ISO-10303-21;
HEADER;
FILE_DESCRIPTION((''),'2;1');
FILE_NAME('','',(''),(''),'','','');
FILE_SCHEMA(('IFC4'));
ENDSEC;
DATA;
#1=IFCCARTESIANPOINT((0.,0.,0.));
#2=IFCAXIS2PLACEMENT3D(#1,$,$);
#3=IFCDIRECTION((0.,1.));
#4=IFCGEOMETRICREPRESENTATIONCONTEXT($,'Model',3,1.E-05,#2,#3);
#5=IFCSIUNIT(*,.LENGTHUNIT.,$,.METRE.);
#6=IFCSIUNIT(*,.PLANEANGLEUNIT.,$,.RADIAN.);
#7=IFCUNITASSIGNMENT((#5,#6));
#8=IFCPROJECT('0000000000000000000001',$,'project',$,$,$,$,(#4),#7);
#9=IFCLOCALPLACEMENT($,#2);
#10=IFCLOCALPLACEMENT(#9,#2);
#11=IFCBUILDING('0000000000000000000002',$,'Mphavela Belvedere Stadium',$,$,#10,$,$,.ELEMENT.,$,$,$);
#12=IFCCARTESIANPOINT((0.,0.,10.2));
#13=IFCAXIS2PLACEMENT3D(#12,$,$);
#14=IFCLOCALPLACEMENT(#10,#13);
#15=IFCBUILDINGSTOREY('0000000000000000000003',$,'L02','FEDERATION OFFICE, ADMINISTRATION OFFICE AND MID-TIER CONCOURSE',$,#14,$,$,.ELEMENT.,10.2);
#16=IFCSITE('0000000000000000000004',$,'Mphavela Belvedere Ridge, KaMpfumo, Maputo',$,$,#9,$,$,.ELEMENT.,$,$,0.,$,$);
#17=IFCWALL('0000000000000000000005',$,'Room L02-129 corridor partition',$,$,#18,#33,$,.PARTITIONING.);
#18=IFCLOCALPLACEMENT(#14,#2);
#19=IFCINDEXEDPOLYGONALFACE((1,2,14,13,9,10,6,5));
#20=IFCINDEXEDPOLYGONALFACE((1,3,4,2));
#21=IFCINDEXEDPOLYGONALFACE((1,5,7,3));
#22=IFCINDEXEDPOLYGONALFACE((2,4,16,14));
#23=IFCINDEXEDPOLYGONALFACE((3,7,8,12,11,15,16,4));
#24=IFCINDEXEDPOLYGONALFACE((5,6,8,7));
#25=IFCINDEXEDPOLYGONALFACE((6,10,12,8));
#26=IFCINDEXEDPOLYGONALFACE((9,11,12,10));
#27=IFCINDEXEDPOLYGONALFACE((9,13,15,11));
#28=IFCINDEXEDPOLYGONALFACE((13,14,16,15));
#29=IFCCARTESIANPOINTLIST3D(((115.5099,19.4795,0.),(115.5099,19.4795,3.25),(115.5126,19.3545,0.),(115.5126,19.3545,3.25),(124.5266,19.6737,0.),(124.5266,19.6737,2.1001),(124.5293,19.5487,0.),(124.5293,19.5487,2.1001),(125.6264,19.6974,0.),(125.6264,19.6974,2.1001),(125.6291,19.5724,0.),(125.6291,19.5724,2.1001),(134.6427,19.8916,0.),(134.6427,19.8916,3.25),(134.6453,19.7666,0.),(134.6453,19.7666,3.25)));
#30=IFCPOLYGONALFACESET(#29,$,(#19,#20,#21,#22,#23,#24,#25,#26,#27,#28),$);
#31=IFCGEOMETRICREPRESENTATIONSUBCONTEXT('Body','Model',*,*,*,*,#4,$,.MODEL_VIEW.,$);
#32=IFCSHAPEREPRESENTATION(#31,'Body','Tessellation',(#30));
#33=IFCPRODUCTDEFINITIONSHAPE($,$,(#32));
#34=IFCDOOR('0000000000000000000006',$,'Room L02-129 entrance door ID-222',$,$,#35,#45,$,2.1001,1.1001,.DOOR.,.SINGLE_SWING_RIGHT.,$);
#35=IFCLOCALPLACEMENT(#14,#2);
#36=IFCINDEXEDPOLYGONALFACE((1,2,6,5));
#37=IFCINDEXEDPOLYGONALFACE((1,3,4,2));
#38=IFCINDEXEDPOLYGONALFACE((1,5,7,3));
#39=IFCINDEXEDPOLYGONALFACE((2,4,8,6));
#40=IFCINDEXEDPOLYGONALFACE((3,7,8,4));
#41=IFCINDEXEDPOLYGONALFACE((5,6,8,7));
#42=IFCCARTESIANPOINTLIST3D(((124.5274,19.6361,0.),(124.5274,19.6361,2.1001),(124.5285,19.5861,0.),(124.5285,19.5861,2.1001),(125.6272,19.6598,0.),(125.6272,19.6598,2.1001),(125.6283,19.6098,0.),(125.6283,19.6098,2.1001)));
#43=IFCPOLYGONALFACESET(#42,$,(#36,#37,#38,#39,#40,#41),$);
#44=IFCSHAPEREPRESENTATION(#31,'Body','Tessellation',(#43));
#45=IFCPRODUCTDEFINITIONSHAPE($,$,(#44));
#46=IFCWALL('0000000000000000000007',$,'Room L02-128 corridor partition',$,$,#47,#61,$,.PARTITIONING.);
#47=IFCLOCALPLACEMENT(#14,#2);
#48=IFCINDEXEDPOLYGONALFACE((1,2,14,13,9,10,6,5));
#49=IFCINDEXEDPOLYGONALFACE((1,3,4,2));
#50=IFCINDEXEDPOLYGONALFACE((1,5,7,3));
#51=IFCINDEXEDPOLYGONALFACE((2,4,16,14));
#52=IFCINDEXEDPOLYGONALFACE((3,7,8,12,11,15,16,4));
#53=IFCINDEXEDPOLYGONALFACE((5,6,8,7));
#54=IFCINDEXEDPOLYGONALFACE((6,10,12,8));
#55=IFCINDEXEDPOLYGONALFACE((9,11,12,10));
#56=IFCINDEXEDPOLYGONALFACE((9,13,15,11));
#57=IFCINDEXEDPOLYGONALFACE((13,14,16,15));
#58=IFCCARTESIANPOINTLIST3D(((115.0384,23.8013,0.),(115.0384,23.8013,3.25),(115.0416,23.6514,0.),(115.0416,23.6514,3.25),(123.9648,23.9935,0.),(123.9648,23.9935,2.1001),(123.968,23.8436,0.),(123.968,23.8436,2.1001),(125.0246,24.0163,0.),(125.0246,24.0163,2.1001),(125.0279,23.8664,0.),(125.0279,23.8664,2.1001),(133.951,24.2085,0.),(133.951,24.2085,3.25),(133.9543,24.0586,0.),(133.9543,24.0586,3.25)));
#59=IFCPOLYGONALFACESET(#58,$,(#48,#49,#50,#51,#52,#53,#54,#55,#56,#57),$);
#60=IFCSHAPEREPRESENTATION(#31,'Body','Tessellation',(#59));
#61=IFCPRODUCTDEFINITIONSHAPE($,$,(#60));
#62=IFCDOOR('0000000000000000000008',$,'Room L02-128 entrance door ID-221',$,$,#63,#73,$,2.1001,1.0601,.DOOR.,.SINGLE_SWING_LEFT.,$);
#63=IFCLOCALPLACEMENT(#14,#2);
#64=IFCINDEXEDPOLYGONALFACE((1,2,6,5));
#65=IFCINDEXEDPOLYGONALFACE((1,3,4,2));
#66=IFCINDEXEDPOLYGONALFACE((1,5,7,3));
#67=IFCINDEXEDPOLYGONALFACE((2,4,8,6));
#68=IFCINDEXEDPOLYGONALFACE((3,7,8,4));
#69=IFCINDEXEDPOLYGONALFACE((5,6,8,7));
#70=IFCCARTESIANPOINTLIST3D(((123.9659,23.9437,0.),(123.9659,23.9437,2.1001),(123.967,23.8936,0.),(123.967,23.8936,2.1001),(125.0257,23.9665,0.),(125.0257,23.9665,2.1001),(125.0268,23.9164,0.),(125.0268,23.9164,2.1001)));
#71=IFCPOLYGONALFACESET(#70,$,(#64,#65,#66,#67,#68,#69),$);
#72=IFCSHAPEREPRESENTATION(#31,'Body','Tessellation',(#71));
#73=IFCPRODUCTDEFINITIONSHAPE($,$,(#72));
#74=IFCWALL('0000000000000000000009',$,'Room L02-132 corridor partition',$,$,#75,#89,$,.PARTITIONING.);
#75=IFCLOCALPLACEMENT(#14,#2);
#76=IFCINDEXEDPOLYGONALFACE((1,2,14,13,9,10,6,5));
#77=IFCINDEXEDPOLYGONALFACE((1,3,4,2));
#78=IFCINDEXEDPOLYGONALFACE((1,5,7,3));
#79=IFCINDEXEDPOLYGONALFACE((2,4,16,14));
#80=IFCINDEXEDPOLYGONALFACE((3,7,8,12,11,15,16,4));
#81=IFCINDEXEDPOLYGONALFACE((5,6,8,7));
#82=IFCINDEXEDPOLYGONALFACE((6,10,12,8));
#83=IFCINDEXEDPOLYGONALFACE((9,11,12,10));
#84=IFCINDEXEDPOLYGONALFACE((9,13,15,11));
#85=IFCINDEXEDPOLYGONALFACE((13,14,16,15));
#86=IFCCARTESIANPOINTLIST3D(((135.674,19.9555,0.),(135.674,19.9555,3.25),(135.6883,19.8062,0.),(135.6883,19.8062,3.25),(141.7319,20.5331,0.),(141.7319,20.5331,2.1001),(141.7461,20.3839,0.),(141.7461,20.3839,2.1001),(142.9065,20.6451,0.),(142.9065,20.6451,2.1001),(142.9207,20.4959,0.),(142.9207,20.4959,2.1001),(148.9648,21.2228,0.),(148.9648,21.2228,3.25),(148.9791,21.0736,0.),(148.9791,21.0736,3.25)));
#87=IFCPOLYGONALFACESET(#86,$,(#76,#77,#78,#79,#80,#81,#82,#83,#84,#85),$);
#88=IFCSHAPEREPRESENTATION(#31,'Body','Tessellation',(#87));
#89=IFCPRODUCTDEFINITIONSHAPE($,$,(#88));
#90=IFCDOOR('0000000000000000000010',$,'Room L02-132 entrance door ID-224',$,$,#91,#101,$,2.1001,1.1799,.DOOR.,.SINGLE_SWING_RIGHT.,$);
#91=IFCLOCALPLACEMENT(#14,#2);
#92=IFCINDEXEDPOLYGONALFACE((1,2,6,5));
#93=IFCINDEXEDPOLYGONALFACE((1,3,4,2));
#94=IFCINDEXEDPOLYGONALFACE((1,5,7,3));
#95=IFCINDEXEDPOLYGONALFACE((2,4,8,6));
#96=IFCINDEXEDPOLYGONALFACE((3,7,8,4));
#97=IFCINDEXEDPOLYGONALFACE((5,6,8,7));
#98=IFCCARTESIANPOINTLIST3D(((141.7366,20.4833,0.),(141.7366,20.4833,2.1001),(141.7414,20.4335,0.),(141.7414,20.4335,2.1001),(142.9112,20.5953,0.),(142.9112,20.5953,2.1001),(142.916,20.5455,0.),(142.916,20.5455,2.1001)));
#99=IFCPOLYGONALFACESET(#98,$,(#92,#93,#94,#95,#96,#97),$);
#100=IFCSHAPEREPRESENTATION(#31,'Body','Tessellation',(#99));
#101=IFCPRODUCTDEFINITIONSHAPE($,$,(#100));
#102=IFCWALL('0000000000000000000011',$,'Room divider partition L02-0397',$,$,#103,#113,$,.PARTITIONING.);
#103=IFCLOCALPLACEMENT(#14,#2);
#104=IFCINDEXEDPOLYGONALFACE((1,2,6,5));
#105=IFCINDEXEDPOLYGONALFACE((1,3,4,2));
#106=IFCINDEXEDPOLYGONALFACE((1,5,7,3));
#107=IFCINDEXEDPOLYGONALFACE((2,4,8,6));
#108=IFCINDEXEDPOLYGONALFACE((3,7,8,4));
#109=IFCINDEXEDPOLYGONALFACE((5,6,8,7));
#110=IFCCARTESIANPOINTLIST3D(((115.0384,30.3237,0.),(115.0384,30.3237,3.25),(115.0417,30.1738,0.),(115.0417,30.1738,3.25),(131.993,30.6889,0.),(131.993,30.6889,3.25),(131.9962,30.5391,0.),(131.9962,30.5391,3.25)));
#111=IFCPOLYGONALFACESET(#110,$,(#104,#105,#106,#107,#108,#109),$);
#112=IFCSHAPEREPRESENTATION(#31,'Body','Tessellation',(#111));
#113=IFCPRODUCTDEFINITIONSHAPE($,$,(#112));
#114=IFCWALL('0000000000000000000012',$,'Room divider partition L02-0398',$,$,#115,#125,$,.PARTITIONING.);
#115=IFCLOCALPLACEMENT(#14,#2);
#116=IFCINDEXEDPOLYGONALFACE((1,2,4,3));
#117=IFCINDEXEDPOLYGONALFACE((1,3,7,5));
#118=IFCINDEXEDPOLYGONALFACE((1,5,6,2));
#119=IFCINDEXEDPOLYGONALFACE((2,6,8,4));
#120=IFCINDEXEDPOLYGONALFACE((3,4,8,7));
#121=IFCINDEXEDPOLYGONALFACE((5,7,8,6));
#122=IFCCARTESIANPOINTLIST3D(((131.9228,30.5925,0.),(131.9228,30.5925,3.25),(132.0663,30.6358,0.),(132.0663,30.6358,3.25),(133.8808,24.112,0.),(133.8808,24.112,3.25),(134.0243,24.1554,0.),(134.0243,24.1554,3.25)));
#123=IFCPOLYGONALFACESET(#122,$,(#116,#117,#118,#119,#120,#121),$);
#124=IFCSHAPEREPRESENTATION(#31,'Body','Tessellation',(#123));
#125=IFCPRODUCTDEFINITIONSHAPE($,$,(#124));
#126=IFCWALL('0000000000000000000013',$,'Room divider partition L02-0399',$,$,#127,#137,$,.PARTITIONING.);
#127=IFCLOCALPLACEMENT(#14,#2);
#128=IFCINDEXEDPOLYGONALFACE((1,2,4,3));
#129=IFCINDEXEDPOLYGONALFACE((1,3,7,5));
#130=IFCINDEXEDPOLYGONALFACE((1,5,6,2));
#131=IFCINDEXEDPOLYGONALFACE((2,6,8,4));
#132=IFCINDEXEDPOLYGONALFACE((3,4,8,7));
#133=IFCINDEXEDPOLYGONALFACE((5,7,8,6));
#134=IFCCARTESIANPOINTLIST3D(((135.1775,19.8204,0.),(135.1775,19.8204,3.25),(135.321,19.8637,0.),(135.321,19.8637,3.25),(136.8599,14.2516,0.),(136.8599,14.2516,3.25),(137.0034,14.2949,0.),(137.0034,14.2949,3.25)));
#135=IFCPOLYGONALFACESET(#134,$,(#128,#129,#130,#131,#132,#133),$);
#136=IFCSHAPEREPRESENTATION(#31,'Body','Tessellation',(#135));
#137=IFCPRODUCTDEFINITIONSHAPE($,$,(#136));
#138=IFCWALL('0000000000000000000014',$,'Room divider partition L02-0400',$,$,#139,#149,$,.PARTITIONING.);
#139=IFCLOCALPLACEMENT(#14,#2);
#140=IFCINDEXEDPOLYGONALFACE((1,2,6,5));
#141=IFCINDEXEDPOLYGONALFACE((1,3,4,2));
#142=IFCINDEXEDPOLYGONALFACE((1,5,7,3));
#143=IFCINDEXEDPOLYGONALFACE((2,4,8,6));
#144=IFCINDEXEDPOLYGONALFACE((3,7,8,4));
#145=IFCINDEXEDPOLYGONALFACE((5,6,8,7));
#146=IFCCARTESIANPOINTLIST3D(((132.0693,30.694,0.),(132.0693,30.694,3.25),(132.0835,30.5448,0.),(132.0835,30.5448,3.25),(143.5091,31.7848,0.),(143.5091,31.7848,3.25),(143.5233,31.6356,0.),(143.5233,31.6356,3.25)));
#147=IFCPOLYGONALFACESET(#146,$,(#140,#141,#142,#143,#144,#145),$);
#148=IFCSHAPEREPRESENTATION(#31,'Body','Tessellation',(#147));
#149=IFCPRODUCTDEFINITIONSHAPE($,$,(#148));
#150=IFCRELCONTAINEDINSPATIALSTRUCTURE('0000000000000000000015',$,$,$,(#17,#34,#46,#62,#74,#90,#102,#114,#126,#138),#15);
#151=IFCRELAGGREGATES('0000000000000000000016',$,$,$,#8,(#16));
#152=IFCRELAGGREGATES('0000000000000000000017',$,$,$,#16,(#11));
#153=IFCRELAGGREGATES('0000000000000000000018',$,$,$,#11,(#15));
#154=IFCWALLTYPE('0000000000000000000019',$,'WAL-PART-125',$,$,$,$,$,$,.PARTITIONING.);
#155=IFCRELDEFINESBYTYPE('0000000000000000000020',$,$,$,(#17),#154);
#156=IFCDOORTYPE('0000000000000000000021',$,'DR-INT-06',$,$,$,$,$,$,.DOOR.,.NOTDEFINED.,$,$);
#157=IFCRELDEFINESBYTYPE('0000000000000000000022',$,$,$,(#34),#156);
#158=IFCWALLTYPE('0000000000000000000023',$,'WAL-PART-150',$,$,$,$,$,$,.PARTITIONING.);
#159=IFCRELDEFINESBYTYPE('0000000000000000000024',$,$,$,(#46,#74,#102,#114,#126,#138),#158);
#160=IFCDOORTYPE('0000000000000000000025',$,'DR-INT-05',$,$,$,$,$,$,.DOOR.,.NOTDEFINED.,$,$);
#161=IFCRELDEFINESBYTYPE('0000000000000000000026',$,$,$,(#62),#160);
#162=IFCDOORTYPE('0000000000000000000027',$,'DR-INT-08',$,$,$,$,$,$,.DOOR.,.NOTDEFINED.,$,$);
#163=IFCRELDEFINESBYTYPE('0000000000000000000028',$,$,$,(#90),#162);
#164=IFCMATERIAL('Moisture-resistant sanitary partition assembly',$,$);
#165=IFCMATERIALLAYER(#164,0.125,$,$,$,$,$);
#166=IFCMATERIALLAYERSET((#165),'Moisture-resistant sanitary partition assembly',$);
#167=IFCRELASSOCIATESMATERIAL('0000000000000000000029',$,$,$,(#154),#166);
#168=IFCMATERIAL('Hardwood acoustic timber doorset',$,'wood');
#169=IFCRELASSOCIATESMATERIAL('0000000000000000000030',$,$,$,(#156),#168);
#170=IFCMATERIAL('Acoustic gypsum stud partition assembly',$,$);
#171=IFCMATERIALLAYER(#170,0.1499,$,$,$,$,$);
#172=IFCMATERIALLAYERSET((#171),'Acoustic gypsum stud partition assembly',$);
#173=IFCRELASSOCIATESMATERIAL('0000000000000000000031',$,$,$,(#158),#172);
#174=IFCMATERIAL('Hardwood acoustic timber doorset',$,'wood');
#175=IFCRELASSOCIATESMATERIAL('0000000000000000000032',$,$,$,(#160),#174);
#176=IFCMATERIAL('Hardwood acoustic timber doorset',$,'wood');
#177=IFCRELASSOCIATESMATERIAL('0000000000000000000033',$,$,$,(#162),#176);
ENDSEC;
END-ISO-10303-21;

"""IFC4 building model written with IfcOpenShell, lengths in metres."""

from ifc_helpers import new_model, si_unit, direction, frame, frame_2d, origin, place, context, subcontext, project, spatial, rectangle, extrude, material, layer, layer_set, type_object, element, fill, save


model = new_model("IFC4")

# Units and contexts
model_context = context("Model", 3, precision=1e-05, world=origin(), true_north=direction((0.0, 1.0)))
body_context = subcontext(model_context, "Body", "Model", "MODEL_VIEW")
ifc_project = project(units=[si_unit("LENGTHUNIT", "METRE"), si_unit("PLANEANGLEUNIT", "RADIAN")], contexts=[model_context])

# Site, building, storey
site_placement = place(None, origin())
site = spatial("IfcSite", under=ifc_project, at=site_placement, Name="Mphavela Belvedere Ridge, KaMpfumo, Maputo", CompositionType="ELEMENT", RefElevation=0.0)
building_placement = place(site_placement, origin())
building = spatial("IfcBuilding", under=site, at=building_placement, Name="Mphavela Belvedere Stadium", CompositionType="ELEMENT")
storey_placement = place(building_placement, frame((0.0, 0.0, 10.2)))
storey = spatial("IfcBuildingStorey", under=building, at=storey_placement, Name="L02", Description="FEDERATION OFFICE, ADMINISTRATION OFFICE AND MID-TIER CONCOURSE", CompositionType="ELEMENT", Elevation=10.2)

# Walls, openings, doors
ifc_material_1 = material(Name="Moisture-resistant sanitary partition assembly")
ifc_layer_1 = layer(ifc_material_1, 0.125)
ifc_layer_set_1 = layer_set([ifc_layer_1], Name="Moisture-resistant sanitary partition assembly")
wall_type_1 = type_object("IfcWallType", Name="WAL-PART-125", PredefinedType="PARTITIONING", material=ifc_layer_set_1)
wall_1_placement = place(storey_placement, frame((115.5112, 19.417, 0.0), z_axis=(0.0, 0.0, 1.0), x_axis=(0.999768, 0.021534, 0.0)))
wall_1 = element("IfcWall", 1, at=wall_1_placement, inside=storey, type_object=wall_type_1, Name="Room L02-129 corridor partition", PredefinedType="PARTITIONING", context=body_context, shape_type="SweptSolid", body=[
    extrude(rectangle(XDim=19.1372, YDim=0.125, at=frame_2d((9.5686, 0.0))), origin(), (0.0, 0.0, 1.0), 3.25),
])
opening_1_placement = place(wall_1_placement, frame((9.0188, 0.0, 0.0)))
opening_1 = element("IfcOpeningElement", 2, at=opening_1_placement, cuts=wall_1, PredefinedType="OPENING", context=body_context, shape_type="SweptSolid", body=[
    extrude(rectangle(XDim=1.1001, YDim=2.1001, at=frame_2d((0.55, 1.05))), frame((0.0, 0.0725, 0.0), z_axis=(0.0, -1.0, 0.0), x_axis=(1.0, 0.0, 0.0)), (0.0, 0.0, 1.0), 0.145),
])
ifc_material_2 = material(Name="Hardwood acoustic timber doorset", Category="wood")
door_type_1 = type_object("IfcDoorType", Name="DR-INT-06", OperationType="NOTDEFINED", PredefinedType="DOOR", material=ifc_material_2)
door_1_placement = place(opening_1_placement, origin())
door_1 = element("IfcDoor", 3, at=door_1_placement, inside=storey, type_object=door_type_1, Name="Room L02-129 entrance door ID-222", OperationType="SINGLE_SWING_RIGHT", OverallHeight=2.1001, OverallWidth=1.1001, PredefinedType="DOOR", context=body_context, shape_type="SweptSolid", body=[
    extrude(rectangle(XDim=1.1001, YDim=2.1001, at=frame_2d((0.55, 1.05))), frame((0.0, 0.0249, 0.0), z_axis=(0.0, -1.0, 0.0), x_axis=(1.0, 0.0, 0.0)), (0.0, 0.0, 1.0), 0.05),
])
fill(opening_1, door_1)
ifc_material_3 = material(Name="Acoustic gypsum stud partition assembly")
ifc_layer_2 = layer(ifc_material_3, 0.1499)
ifc_layer_set_2 = layer_set([ifc_layer_2], Name="Acoustic gypsum stud partition assembly")
wall_type_2 = type_object("IfcWallType", Name="WAL-PART-150", PredefinedType="PARTITIONING", material=ifc_layer_set_2)
wall_2_placement = place(storey_placement, frame((133.9526, 24.1335, 0.0), z_axis=(0.0, 0.0, 1.0), x_axis=(-0.999768, -0.021527, 0.0)))
wall_2 = element("IfcWall", 4, at=wall_2_placement, inside=storey, type_object=wall_type_2, Name="Room L02-128 corridor partition", PredefinedType="PARTITIONING", context=body_context, shape_type="SweptSolid", body=[
    extrude(rectangle(XDim=18.917, YDim=0.1499, at=frame_2d((9.4585, 0.0))), origin(), (0.0, 0.0, 1.0), 3.25),
])
opening_2_placement = place(wall_2_placement, frame((8.9285, 0.0, 0.0)))
opening_2 = element("IfcOpeningElement", 5, at=opening_2_placement, cuts=wall_2, PredefinedType="OPENING", context=body_context, shape_type="SweptSolid", body=[
    extrude(rectangle(XDim=1.0601, YDim=2.1001, at=frame_2d((0.53, 1.05))), frame((0.0, 0.085, 0.0), z_axis=(0.0, -1.0, 0.0), x_axis=(1.0, 0.0, 0.0)), (0.0, 0.0, 1.0), 0.1699),
])
ifc_material_4 = material(Name="Hardwood acoustic timber doorset", Category="wood")
door_type_2 = type_object("IfcDoorType", Name="DR-INT-05", OperationType="NOTDEFINED", PredefinedType="DOOR", material=ifc_material_4)
door_2_placement = place(opening_2_placement, origin())
door_2 = element("IfcDoor", 6, at=door_2_placement, inside=storey, type_object=door_type_2, Name="Room L02-128 entrance door ID-221", OperationType="SINGLE_SWING_LEFT", OverallHeight=2.1001, OverallWidth=1.0601, PredefinedType="DOOR", context=body_context, shape_type="SweptSolid", body=[
    extrude(rectangle(XDim=1.0601, YDim=2.1001, at=frame_2d((0.53, 1.05))), frame((0.0, 0.0249, 0.0), z_axis=(0.0, -1.0, 0.0), x_axis=(1.0, 0.0, 0.0)), (0.0, 0.0, 1.0), 0.05),
])
fill(opening_2, door_2)
wall_3_placement = place(storey_placement, frame((135.6812, 19.8809, 0.0), z_axis=(0.0, 0.0, 1.0), x_axis=(0.995485, 0.094924, 0.0)))
wall_3 = element("IfcWall", 7, at=wall_3_placement, inside=storey, type_object=wall_type_2, Name="Room L02-132 corridor partition", PredefinedType="PARTITIONING", context=body_context, shape_type="SweptSolid", body=[
    extrude(rectangle(XDim=13.3511, YDim=0.1499, at=frame_2d((6.6755, 0.0))), origin(), (0.0, 0.0, 1.0), 3.25),
])
opening_3_placement = place(wall_3_placement, frame((6.0854, 0.0, 0.0)))
opening_3 = element("IfcOpeningElement", 8, at=opening_3_placement, cuts=wall_3, PredefinedType="OPENING", context=body_context, shape_type="SweptSolid", body=[
    extrude(rectangle(XDim=1.1799, YDim=2.1001, at=frame_2d((0.5898, 1.05))), frame((0.0, 0.085, 0.0), z_axis=(0.0, -1.0, 0.0), x_axis=(1.0, 0.0, 0.0)), (0.0, 0.0, 1.0), 0.1699),
])
ifc_material_5 = material(Name="Hardwood acoustic timber doorset", Category="wood")
door_type_3 = type_object("IfcDoorType", Name="DR-INT-08", OperationType="NOTDEFINED", PredefinedType="DOOR", material=ifc_material_5)
door_3_placement = place(opening_3_placement, origin())
door_3 = element("IfcDoor", 9, at=door_3_placement, inside=storey, type_object=door_type_3, Name="Room L02-132 entrance door ID-224", OperationType="SINGLE_SWING_RIGHT", OverallHeight=2.1001, OverallWidth=1.1799, PredefinedType="DOOR", context=body_context, shape_type="SweptSolid", body=[
    extrude(rectangle(XDim=1.1799, YDim=2.1001, at=frame_2d((0.5898, 1.05))), frame((0.0, 0.0249, 0.0), z_axis=(0.0, -1.0, 0.0), x_axis=(1.0, 0.0, 0.0)), (0.0, 0.0, 1.0), 0.05),
])
fill(opening_3, door_3)

# Walls
wall_4_placement = place(storey_placement, frame((115.04, 30.2488, 0.0), z_axis=(0.0, 0.0, 1.0), x_axis=(0.999768, 0.021537, 0.0)))
element("IfcWall", 10, at=wall_4_placement, inside=storey, type_object=wall_type_2, Name="Room divider partition L02-0397", PredefinedType="PARTITIONING", context=body_context, shape_type="SweptSolid", body=[
    extrude(rectangle(XDim=16.9585, YDim=0.1499, at=frame_2d((8.4792, 0.0))), origin(), (0.0, 0.0, 1.0), 3.25),
])
wall_5_placement = place(storey_placement, frame((131.9946, 30.614, 0.0), z_axis=(0.0, 0.0, 1.0), x_axis=(0.289227, -0.957261, 0.0)))
element("IfcWall", 11, at=wall_5_placement, inside=storey, type_object=wall_type_2, Name="Room divider partition L02-0398", PredefinedType="PARTITIONING", context=body_context, shape_type="SweptSolid", body=[
    extrude(rectangle(XDim=6.7698, YDim=0.1499, at=frame_2d((3.3848, 0.0))), origin(), (0.0, 0.0, 1.0), 3.25),
])
wall_6_placement = place(storey_placement, frame((135.2493, 19.842, 0.0), z_axis=(0.0, 0.0, 1.0), x_axis=(0.289195, -0.95727, 0.0)))
element("IfcWall", 12, at=wall_6_placement, inside=storey, type_object=wall_type_2, Name="Room divider partition L02-0399", PredefinedType="PARTITIONING", context=body_context, shape_type="SweptSolid", body=[
    extrude(rectangle(XDim=5.8174, YDim=0.1499, at=frame_2d((2.9087, 0.0))), origin(), (0.0, 0.0, 1.0), 3.25),
])
wall_7_placement = place(storey_placement, frame((132.0764, 30.6194, 0.0), z_axis=(0.0, 0.0, 1.0), x_axis=(0.995485, 0.094923, 0.0)))
element("IfcWall", 13, at=wall_7_placement, inside=storey, type_object=wall_type_2, Name="Room divider partition L02-0400", PredefinedType="PARTITIONING", context=body_context, shape_type="SweptSolid", body=[
    extrude(rectangle(XDim=11.4917, YDim=0.1499, at=frame_2d((5.7458, 0.0))), origin(), (0.0, 0.0, 1.0), 3.25),
])

save(model, "model.ifc")
